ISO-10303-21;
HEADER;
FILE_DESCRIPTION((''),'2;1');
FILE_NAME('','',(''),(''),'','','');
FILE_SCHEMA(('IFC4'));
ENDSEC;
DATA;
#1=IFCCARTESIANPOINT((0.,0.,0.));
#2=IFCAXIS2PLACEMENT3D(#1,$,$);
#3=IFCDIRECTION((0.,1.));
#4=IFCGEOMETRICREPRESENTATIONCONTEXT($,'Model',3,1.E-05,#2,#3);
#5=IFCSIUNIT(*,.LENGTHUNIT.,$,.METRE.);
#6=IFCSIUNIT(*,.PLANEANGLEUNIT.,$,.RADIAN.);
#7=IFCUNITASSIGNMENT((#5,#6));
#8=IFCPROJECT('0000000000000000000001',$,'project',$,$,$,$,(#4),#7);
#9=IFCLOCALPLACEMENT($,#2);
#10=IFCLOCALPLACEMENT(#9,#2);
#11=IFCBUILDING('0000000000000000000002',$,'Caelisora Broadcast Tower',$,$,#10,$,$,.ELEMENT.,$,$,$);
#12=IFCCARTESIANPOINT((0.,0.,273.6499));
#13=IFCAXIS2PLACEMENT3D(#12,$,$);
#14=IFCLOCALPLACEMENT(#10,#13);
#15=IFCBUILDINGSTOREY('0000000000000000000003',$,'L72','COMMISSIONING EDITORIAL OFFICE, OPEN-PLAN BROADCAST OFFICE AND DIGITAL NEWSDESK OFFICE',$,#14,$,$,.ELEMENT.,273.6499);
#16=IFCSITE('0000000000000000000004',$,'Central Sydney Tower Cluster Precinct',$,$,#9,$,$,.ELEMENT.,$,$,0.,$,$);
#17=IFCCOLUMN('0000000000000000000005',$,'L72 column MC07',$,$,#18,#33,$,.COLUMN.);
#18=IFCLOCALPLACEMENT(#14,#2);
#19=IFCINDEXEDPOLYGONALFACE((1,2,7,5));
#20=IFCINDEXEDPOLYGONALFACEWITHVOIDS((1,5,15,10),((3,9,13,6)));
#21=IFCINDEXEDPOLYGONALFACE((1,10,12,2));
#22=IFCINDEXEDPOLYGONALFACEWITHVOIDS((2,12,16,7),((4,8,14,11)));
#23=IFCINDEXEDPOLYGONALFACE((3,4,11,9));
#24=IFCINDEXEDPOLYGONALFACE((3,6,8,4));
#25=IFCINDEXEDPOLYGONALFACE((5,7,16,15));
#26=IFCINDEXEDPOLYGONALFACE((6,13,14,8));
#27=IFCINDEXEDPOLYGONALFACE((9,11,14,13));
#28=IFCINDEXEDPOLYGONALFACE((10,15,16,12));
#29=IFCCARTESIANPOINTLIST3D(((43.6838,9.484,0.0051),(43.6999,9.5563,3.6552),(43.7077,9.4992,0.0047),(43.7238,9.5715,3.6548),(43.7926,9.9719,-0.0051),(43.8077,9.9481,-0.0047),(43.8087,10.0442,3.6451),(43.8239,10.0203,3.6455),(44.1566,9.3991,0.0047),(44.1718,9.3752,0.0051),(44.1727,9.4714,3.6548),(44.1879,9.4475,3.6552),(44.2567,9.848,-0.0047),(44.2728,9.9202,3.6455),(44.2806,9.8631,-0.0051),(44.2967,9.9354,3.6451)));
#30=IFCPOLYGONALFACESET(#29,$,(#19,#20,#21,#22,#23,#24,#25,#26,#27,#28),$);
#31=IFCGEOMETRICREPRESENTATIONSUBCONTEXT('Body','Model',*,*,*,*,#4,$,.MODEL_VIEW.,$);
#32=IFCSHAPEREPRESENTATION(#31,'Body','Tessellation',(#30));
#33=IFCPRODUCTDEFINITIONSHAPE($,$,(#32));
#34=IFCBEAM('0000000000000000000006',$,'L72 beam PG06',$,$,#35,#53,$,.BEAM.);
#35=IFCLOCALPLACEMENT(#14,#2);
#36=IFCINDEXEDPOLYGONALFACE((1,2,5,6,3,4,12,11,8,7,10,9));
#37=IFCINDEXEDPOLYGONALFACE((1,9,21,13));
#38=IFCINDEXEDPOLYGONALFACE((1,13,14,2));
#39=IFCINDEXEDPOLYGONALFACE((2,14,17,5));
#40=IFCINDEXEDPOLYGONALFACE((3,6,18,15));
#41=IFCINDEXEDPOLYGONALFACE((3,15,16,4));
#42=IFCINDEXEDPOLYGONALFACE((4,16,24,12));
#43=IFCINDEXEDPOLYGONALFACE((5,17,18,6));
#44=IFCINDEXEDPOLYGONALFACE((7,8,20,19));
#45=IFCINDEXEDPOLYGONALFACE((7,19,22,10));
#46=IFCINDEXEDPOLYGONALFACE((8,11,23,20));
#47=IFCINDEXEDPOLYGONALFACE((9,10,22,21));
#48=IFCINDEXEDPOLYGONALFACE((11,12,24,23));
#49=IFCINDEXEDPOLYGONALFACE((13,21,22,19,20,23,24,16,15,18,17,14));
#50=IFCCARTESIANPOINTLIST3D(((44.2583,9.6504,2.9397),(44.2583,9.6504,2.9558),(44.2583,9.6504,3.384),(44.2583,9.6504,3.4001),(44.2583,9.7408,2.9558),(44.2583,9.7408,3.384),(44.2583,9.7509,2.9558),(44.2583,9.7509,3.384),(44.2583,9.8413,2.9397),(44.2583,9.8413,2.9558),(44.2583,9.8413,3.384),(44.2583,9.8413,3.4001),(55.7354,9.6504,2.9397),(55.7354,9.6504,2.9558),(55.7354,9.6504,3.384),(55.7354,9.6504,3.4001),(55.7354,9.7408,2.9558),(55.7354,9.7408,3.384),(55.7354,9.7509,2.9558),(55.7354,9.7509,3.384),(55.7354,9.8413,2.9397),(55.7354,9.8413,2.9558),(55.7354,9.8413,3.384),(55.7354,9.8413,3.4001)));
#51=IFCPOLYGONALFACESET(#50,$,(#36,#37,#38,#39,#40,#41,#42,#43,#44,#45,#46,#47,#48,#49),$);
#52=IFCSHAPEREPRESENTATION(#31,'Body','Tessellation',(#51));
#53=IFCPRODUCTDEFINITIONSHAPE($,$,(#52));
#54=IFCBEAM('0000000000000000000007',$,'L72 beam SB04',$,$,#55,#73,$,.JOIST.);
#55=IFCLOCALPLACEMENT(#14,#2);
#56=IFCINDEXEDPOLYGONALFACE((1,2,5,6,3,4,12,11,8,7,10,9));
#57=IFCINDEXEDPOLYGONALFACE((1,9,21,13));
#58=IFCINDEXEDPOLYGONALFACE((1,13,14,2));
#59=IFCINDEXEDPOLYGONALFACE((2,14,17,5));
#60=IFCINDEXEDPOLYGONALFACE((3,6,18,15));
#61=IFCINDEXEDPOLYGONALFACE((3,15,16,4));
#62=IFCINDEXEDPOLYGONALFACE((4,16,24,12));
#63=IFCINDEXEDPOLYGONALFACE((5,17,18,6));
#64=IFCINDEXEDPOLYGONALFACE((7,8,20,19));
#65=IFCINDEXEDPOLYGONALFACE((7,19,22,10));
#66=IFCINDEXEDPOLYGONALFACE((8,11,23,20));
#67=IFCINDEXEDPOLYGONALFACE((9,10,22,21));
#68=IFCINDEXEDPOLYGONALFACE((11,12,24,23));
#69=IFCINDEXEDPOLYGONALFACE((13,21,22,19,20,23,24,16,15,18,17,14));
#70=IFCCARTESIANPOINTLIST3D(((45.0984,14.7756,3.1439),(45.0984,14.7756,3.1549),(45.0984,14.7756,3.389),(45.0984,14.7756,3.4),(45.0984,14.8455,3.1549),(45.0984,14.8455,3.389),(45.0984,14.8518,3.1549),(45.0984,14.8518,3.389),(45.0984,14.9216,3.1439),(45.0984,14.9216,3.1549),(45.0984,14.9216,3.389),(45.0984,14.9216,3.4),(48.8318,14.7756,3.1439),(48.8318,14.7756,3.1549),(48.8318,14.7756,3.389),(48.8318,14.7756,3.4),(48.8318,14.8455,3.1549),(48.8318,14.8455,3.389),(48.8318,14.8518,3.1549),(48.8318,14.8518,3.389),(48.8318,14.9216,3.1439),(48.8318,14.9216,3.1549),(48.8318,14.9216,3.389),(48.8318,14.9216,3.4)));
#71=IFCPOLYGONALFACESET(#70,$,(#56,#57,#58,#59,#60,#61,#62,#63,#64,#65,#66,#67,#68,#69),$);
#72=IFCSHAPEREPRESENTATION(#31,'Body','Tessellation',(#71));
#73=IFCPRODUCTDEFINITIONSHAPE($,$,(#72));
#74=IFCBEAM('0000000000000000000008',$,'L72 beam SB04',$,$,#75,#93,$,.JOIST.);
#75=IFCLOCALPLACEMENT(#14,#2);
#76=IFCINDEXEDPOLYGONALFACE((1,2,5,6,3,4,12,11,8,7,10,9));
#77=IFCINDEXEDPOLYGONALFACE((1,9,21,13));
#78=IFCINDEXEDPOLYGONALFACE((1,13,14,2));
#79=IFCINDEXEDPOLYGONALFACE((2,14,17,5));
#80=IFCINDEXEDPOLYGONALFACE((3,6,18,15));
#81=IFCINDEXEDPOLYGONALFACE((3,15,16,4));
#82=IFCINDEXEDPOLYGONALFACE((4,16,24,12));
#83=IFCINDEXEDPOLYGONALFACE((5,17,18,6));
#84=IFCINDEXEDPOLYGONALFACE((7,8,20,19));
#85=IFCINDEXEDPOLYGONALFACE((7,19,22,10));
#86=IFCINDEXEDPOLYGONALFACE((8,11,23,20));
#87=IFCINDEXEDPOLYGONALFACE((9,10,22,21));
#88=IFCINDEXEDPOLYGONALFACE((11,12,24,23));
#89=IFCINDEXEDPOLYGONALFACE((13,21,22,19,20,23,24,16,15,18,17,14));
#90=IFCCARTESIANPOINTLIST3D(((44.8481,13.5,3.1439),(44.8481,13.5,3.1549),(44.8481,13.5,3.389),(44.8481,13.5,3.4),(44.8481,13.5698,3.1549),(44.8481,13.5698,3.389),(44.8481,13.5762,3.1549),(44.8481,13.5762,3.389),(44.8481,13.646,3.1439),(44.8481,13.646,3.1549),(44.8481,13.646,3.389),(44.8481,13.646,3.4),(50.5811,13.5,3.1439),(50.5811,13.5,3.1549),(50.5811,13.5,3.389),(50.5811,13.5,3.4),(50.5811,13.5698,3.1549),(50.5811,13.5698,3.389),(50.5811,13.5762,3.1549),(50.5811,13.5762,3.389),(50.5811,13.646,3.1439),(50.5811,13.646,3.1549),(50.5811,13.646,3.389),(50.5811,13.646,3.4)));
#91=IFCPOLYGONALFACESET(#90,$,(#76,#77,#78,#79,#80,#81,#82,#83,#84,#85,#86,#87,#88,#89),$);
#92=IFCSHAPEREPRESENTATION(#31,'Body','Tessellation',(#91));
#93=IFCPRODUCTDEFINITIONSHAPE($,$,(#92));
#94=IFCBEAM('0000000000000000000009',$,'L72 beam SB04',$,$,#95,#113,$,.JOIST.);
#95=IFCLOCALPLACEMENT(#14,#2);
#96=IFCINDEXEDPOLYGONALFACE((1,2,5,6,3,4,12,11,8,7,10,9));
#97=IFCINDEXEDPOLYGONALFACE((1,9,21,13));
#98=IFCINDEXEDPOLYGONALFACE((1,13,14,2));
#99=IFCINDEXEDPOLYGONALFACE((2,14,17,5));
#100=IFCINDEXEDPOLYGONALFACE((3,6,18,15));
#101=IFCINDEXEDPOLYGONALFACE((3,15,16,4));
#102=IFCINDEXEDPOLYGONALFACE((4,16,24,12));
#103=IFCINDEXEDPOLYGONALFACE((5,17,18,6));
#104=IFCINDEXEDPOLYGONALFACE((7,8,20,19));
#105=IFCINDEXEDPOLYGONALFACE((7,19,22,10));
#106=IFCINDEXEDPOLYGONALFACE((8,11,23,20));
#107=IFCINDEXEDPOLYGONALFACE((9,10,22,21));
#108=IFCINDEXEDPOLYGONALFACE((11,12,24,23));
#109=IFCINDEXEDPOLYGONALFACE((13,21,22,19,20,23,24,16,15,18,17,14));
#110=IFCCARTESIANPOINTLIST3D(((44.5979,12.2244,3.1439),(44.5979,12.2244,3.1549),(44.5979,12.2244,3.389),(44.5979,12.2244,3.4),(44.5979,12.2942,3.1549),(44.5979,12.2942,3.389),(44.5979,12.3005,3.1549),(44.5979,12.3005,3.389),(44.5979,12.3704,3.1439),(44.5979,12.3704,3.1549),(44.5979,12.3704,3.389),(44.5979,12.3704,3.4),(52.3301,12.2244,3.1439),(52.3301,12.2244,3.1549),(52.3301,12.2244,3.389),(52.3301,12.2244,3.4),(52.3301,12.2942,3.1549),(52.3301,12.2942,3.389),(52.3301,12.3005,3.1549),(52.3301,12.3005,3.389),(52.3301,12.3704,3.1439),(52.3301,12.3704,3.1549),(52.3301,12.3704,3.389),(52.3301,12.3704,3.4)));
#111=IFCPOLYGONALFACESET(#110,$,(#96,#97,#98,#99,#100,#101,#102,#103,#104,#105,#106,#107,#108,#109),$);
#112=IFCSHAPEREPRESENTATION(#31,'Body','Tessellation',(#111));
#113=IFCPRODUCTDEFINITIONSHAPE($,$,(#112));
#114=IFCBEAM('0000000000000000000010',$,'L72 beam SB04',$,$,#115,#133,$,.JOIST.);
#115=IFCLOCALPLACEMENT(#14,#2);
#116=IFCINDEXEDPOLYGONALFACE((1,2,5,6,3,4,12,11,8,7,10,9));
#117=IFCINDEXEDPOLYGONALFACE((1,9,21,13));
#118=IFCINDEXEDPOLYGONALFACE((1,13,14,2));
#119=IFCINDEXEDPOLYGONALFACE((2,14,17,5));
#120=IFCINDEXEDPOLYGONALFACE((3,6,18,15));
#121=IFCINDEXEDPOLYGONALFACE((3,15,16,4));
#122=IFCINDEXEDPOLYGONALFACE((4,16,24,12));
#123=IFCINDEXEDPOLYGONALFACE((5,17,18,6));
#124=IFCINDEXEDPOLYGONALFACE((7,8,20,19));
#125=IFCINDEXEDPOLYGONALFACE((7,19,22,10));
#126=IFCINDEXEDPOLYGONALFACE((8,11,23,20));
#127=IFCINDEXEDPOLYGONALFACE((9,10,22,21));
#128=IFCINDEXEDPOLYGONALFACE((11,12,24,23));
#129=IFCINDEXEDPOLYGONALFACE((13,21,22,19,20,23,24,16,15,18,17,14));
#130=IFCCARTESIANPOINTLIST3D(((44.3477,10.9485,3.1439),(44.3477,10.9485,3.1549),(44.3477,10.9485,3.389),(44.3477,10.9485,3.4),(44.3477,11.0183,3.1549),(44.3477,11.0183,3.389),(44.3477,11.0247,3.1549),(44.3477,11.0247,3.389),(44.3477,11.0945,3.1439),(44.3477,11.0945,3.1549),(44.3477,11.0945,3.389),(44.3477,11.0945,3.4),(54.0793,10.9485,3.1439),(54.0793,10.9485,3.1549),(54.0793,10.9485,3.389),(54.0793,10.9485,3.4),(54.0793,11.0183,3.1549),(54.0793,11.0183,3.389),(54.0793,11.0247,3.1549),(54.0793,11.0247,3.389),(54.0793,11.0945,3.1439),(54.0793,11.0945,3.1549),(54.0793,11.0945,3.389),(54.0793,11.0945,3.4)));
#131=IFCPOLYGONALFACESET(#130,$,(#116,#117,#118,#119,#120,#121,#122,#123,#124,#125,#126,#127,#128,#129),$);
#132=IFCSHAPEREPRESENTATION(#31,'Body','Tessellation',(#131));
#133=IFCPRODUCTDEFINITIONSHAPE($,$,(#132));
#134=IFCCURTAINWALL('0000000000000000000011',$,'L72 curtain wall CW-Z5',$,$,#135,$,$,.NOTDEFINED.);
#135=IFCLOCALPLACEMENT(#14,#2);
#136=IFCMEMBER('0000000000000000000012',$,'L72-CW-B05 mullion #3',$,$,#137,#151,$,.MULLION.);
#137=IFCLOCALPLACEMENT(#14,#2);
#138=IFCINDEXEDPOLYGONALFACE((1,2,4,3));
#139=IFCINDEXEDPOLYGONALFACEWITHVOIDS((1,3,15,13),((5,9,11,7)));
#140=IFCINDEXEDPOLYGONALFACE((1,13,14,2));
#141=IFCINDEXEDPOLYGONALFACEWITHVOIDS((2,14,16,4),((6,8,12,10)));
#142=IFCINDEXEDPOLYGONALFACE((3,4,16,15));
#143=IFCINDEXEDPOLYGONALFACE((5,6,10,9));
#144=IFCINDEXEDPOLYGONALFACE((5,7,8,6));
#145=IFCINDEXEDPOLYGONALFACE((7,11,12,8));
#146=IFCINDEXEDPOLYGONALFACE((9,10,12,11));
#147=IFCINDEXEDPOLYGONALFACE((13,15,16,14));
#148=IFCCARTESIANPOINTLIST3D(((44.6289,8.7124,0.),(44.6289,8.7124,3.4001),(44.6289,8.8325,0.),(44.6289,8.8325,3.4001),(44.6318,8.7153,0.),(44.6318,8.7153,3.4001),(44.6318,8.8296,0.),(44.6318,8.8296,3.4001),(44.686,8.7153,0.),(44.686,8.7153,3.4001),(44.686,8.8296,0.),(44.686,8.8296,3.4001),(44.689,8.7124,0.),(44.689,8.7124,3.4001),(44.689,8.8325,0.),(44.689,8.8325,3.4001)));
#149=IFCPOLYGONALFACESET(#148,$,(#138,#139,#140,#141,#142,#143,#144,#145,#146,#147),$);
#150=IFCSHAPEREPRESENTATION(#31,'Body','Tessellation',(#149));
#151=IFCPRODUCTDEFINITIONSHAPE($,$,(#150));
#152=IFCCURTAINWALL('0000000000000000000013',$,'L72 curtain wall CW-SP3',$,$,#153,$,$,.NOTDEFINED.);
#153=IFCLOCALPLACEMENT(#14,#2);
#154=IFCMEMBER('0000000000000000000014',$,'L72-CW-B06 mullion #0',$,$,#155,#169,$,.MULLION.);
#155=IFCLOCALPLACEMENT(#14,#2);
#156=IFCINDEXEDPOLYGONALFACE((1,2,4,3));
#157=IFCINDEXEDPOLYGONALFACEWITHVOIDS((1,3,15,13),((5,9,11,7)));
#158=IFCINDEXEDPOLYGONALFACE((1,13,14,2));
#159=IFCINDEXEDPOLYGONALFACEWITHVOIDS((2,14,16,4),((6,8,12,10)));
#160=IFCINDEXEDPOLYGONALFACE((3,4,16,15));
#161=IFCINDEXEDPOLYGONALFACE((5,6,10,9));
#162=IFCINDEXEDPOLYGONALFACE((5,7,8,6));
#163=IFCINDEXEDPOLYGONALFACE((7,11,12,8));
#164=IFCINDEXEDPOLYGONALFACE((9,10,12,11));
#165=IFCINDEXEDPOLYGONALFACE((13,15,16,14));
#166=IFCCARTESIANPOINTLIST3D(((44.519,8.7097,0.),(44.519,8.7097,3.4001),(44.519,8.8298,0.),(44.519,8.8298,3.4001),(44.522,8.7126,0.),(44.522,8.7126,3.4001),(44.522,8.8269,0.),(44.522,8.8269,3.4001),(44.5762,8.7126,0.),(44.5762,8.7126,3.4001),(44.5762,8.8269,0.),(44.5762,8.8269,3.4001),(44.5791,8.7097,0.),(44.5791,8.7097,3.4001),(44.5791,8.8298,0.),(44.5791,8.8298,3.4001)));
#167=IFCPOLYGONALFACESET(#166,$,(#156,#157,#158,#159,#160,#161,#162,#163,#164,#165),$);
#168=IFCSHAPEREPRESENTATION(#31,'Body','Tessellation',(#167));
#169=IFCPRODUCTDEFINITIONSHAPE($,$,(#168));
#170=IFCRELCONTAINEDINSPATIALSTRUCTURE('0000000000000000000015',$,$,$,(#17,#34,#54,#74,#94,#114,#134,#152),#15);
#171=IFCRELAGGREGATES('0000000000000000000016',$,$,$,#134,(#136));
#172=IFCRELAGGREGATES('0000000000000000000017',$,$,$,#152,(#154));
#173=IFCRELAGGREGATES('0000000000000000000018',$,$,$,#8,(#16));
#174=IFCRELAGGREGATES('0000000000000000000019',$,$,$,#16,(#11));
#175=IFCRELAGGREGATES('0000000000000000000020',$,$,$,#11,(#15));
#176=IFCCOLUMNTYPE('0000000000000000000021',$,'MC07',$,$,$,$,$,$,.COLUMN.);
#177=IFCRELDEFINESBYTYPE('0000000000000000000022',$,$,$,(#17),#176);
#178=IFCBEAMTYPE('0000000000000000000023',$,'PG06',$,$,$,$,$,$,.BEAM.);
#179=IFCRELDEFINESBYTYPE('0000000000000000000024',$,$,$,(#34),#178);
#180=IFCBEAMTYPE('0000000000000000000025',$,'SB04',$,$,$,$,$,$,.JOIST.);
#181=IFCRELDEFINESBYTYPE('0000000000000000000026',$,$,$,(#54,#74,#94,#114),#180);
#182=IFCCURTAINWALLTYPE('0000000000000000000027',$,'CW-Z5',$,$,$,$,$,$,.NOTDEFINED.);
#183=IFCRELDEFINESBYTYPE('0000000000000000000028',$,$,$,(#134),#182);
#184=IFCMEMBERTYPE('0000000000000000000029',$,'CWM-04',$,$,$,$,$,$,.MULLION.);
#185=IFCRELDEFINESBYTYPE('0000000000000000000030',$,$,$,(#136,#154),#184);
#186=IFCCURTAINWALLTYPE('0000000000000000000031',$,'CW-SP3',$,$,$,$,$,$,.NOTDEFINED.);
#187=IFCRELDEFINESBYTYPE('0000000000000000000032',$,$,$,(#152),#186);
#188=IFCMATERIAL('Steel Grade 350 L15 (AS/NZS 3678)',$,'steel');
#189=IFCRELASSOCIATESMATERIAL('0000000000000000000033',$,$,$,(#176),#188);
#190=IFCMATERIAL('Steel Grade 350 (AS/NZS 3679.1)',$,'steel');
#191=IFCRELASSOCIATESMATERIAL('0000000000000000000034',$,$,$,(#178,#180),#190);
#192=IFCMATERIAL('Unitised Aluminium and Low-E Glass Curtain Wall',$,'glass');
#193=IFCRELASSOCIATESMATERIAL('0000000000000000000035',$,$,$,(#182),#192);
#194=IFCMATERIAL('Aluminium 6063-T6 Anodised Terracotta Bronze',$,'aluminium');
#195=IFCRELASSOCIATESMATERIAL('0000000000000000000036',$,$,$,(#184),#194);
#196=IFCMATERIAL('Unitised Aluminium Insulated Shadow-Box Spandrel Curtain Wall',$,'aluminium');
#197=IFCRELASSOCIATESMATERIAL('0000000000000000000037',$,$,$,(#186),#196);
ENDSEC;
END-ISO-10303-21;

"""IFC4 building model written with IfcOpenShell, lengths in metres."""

from ifc_helpers import new_model, si_unit, direction, frame, origin, origin_2d, place, context, subcontext, project, spatial, hollow_rectangle, i_section, extrude, source, transform, mapped, material, material_profile, profile_set, type_object, type_shapes, element, aggregate, save


model = new_model("IFC4")

# Units and contexts
model_context = context("Model", 3, precision=1e-05, world=origin(), true_north=direction((0.0, 1.0)))
body_context = subcontext(model_context, "Body", "Model", "MODEL_VIEW")
ifc_project = project(units=[si_unit("LENGTHUNIT", "METRE"), si_unit("PLANEANGLEUNIT", "RADIAN")], contexts=[model_context])

# Site, building, storey
site_placement = place(None, origin())
site = spatial("IfcSite", under=ifc_project, at=site_placement, Name="Central Sydney Tower Cluster Precinct", CompositionType="ELEMENT", RefElevation=0.0)
building_placement = place(site_placement, origin())
building = spatial("IfcBuilding", under=site, at=building_placement, Name="Caelisora Broadcast Tower", CompositionType="ELEMENT")
storey_placement = place(building_placement, frame((0.0, 0.0, 273.6499)))
storey = spatial("IfcBuildingStorey", under=building, at=storey_placement, Name="L72", Description="COMMISSIONING EDITORIAL OFFICE, OPEN-PLAN BROADCAST OFFICE AND DIGITAL NEWSDESK OFFICE", CompositionType="ELEMENT", Elevation=273.6499)

# Column
ifc_material_1 = material(Name="Steel Grade 350 L15 (AS/NZS 3678)", Category="steel")
ifc_material_profile_1 = material_profile(ifc_material_1, hollow_rectangle(XDim=0.5, YDim=0.5, WallThickness=0.02, at=origin_2d()), Name="Steel Grade 350 L15 (AS/NZS 3678)")
ifc_profile_set_1 = profile_set([ifc_material_profile_1], Name="Steel Grade 350 L15 (AS/NZS 3678)")
column_type = type_object("IfcColumnType", Name="MC07", PredefinedType="COLUMN", material=ifc_profile_set_1)
shared_shape_1 = source(origin(), body_context, "Body", "SweptSolid", [
    extrude(hollow_rectangle(XDim=0.5, YDim=0.5, WallThickness=0.02, at=origin_2d()), origin(), (0.0, 0.0, 1.0), 3.6509),
])
type_shapes(column_type, [shared_shape_1])
column_placement = place(storey_placement, frame((43.9822, 9.6736, 0.0), z_axis=(0.004414, 0.019794, 0.999794), x_axis=(-0.976032, 0.217629, 0.0)))
element("IfcColumn", 1, at=column_placement, inside=storey, type_object=column_type, Name="L72 column MC07", PredefinedType="COLUMN", context=body_context, shape_type="MappedRepresentation", body=[
    mapped(shared_shape_1, transform((0.0, 0.0, 0.0), scale=1.0)),
])

# Beams
ifc_material_2 = material(Name="Steel Grade 350 (AS/NZS 3679.1)", Category="steel")
ifc_material_profile_2 = material_profile(ifc_material_2, i_section(OverallWidth=0.1909, OverallDepth=0.4604, WebThickness=0.01, FlangeThickness=0.0161, at=origin_2d()), Name="Steel Grade 350 (AS/NZS 3679.1)")
ifc_profile_set_2 = profile_set([ifc_material_profile_2], Name="Steel Grade 350 (AS/NZS 3679.1)")
beam_type_1 = type_object("IfcBeamType", Name="PG06", PredefinedType="BEAM", material=ifc_profile_set_2)
shared_shape_2 = source(origin(), body_context, "Body", "SweptSolid", [
    extrude(i_section(OverallWidth=0.1909, OverallDepth=0.4604, WebThickness=0.01, FlangeThickness=0.0161, at=origin_2d()), origin(), (0.0, 0.0, 1.0), 11.4771),
])
type_shapes(beam_type_1, [shared_shape_2])
beam_1_placement = place(storey_placement, frame((44.2583, 9.7458, 3.1699), z_axis=(1.0, 0.0, 0.0), x_axis=(0.0, 1.0, 0.0)))
element("IfcBeam", 2, at=beam_1_placement, inside=storey, type_object=beam_type_1, Name="L72 beam PG06", PredefinedType="BEAM", context=body_context, shape_type="MappedRepresentation", body=[
    mapped(shared_shape_2, transform((0.0, 0.0, 0.0), scale=1.0)),
])
ifc_material_profile_3 = material_profile(ifc_material_2, i_section(OverallWidth=0.146, OverallDepth=0.2561, WebThickness=0.0063, FlangeThickness=0.011, at=origin_2d()), Name="Steel Grade 350 (AS/NZS 3679.1)")
ifc_profile_set_3 = profile_set([ifc_material_profile_3], Name="Steel Grade 350 (AS/NZS 3679.1)")
beam_type_2 = type_object("IfcBeamType", Name="SB04", PredefinedType="JOIST", material=ifc_profile_set_3)
shared_shape_3 = source(origin(), body_context, "Body", "SweptSolid", [
    extrude(i_section(OverallWidth=0.146, OverallDepth=0.2561, WebThickness=0.0063, FlangeThickness=0.011, at=origin_2d()), origin(), (0.0, 0.0, 1.0), 3.7334),
])
beam_2_placement = place(storey_placement, frame((45.0984, 14.8486, 3.272), z_axis=(1.0, 0.0, 0.0), x_axis=(0.0, 1.0, 0.0)))
element("IfcBeam", 3, at=beam_2_placement, inside=storey, type_object=beam_type_2, Name="L72 beam SB04", PredefinedType="JOIST", context=body_context, shape_type="MappedRepresentation", body=[
    mapped(shared_shape_3, transform((0.0, 0.0, 0.0), scale=1.0)),
])
shared_shape_4 = source(origin(), body_context, "Body", "SweptSolid", [
    extrude(i_section(OverallWidth=0.146, OverallDepth=0.2561, WebThickness=0.0063, FlangeThickness=0.011, at=origin_2d()), origin(), (0.0, 0.0, 1.0), 5.7329),
])
beam_3_placement = place(storey_placement, frame((44.8481, 13.573, 3.272), z_axis=(1.0, 0.0, 0.0), x_axis=(0.0, 1.0, 0.0)))
element("IfcBeam", 4, at=beam_3_placement, inside=storey, type_object=beam_type_2, Name="L72 beam SB04", PredefinedType="JOIST", context=body_context, shape_type="MappedRepresentation", body=[
    mapped(shared_shape_4, transform((0.0, 0.0, 0.0), scale=1.0)),
])
shared_shape_5 = source(origin(), body_context, "Body", "SweptSolid", [
    extrude(i_section(OverallWidth=0.146, OverallDepth=0.2561, WebThickness=0.0063, FlangeThickness=0.011, at=origin_2d()), origin(), (0.0, 0.0, 1.0), 7.7322),
])
beam_4_placement = place(storey_placement, frame((44.5979, 12.2974, 3.272), z_axis=(1.0, 0.0, 0.0), x_axis=(0.0, 1.0, 0.0)))
element("IfcBeam", 5, at=beam_4_placement, inside=storey, type_object=beam_type_2, Name="L72 beam SB04", PredefinedType="JOIST", context=body_context, shape_type="MappedRepresentation", body=[
    mapped(shared_shape_5, transform((0.0, 0.0, 0.0), scale=1.0)),
])
shared_shape_6 = source(origin(), body_context, "Body", "SweptSolid", [
    extrude(i_section(OverallWidth=0.146, OverallDepth=0.2561, WebThickness=0.0063, FlangeThickness=0.011, at=origin_2d()), origin(), (0.0, 0.0, 1.0), 9.7317),
])
type_shapes(beam_type_2, [shared_shape_3, shared_shape_4, shared_shape_5, shared_shape_6])
beam_5_placement = place(storey_placement, frame((44.3477, 11.0215, 3.272), z_axis=(1.0, 0.0, 0.0), x_axis=(0.0, 1.0, 0.0)))
element("IfcBeam", 6, at=beam_5_placement, inside=storey, type_object=beam_type_2, Name="L72 beam SB04", PredefinedType="JOIST", context=body_context, shape_type="MappedRepresentation", body=[
    mapped(shared_shape_6, transform((0.0, 0.0, 0.0), scale=1.0)),
])

# Curtain wall, member
ifc_material_3 = material(Name="Unitised Aluminium and Low-E Glass Curtain Wall", Category="glass")
curtain_wall_type_1 = type_object("IfcCurtainWallType", Name="CW-Z5", PredefinedType="NOTDEFINED", material=ifc_material_3)
curtain_wall_1_placement = place(storey_placement, origin())
curtain_wall_1 = element("IfcCurtainWall", 7, at=curtain_wall_1_placement, inside=storey, type_object=curtain_wall_type_1, Name="L72 curtain wall CW-Z5", PredefinedType="NOTDEFINED")
ifc_material_4 = material(Name="Aluminium 6063-T6 Anodised Terracotta Bronze", Category="aluminium")
ifc_material_profile_4 = material_profile(ifc_material_4, hollow_rectangle(XDim=0.0601, YDim=0.1201, WallThickness=0.0029, at=origin_2d()), Name="Aluminium 6063-T6 Anodised Terracotta Bronze")
ifc_profile_set_4 = profile_set([ifc_material_profile_4], Name="Aluminium 6063-T6 Anodised Terracotta Bronze")
member_type_1 = type_object("IfcMemberType", Name="CWM-04", PredefinedType="MULLION", material=ifc_profile_set_4)
shared_shape_7 = source(origin(), body_context, "Body", "SweptSolid", [
    extrude(hollow_rectangle(XDim=0.0601, YDim=0.1201, WallThickness=0.0029, at=origin_2d()), origin(), (0.0, 0.0, 1.0), 3.4001),
])
type_shapes(member_type_1, [shared_shape_7])
member_1_placement = place(storey_placement, frame((44.6589, 8.7725, 0.0), z_axis=(0.0, 0.0, 1.0), x_axis=(1.0, 0.0, 0.0)))
member_1 = element("IfcMember", 8, at=member_1_placement, type_object=member_type_1, Name="L72-CW-B05 mullion #3", PredefinedType="MULLION", context=body_context, shape_type="MappedRepresentation", body=[
    mapped(shared_shape_7, transform((0.0, 0.0, 0.0), scale=1.0)),
])
aggregate(curtain_wall_1, [member_1])

# Curtain wall, member
ifc_material_5 = material(Name="Unitised Aluminium Insulated Shadow-Box Spandrel Curtain Wall", Category="aluminium")
curtain_wall_type_2 = type_object("IfcCurtainWallType", Name="CW-SP3", PredefinedType="NOTDEFINED", material=ifc_material_5)
curtain_wall_2_placement = place(storey_placement, origin())
curtain_wall_2 = element("IfcCurtainWall", 9, at=curtain_wall_2_placement, inside=storey, type_object=curtain_wall_type_2, Name="L72 curtain wall CW-SP3", PredefinedType="NOTDEFINED")
member_2_placement = place(storey_placement, frame((44.5491, 8.7698, 0.0), z_axis=(0.0, 0.0, 1.0), x_axis=(1.0, 0.0, 0.0)))
member_2 = element("IfcMember", 10, at=member_2_placement, type_object=member_type_1, Name="L72-CW-B06 mullion #0", PredefinedType="MULLION", context=body_context, shape_type="MappedRepresentation", body=[
    mapped(shared_shape_7, transform((0.0, 0.0, 0.0), scale=1.0)),
])

aggregate(curtain_wall_2, [member_2])

save(model, "model.ifc")
